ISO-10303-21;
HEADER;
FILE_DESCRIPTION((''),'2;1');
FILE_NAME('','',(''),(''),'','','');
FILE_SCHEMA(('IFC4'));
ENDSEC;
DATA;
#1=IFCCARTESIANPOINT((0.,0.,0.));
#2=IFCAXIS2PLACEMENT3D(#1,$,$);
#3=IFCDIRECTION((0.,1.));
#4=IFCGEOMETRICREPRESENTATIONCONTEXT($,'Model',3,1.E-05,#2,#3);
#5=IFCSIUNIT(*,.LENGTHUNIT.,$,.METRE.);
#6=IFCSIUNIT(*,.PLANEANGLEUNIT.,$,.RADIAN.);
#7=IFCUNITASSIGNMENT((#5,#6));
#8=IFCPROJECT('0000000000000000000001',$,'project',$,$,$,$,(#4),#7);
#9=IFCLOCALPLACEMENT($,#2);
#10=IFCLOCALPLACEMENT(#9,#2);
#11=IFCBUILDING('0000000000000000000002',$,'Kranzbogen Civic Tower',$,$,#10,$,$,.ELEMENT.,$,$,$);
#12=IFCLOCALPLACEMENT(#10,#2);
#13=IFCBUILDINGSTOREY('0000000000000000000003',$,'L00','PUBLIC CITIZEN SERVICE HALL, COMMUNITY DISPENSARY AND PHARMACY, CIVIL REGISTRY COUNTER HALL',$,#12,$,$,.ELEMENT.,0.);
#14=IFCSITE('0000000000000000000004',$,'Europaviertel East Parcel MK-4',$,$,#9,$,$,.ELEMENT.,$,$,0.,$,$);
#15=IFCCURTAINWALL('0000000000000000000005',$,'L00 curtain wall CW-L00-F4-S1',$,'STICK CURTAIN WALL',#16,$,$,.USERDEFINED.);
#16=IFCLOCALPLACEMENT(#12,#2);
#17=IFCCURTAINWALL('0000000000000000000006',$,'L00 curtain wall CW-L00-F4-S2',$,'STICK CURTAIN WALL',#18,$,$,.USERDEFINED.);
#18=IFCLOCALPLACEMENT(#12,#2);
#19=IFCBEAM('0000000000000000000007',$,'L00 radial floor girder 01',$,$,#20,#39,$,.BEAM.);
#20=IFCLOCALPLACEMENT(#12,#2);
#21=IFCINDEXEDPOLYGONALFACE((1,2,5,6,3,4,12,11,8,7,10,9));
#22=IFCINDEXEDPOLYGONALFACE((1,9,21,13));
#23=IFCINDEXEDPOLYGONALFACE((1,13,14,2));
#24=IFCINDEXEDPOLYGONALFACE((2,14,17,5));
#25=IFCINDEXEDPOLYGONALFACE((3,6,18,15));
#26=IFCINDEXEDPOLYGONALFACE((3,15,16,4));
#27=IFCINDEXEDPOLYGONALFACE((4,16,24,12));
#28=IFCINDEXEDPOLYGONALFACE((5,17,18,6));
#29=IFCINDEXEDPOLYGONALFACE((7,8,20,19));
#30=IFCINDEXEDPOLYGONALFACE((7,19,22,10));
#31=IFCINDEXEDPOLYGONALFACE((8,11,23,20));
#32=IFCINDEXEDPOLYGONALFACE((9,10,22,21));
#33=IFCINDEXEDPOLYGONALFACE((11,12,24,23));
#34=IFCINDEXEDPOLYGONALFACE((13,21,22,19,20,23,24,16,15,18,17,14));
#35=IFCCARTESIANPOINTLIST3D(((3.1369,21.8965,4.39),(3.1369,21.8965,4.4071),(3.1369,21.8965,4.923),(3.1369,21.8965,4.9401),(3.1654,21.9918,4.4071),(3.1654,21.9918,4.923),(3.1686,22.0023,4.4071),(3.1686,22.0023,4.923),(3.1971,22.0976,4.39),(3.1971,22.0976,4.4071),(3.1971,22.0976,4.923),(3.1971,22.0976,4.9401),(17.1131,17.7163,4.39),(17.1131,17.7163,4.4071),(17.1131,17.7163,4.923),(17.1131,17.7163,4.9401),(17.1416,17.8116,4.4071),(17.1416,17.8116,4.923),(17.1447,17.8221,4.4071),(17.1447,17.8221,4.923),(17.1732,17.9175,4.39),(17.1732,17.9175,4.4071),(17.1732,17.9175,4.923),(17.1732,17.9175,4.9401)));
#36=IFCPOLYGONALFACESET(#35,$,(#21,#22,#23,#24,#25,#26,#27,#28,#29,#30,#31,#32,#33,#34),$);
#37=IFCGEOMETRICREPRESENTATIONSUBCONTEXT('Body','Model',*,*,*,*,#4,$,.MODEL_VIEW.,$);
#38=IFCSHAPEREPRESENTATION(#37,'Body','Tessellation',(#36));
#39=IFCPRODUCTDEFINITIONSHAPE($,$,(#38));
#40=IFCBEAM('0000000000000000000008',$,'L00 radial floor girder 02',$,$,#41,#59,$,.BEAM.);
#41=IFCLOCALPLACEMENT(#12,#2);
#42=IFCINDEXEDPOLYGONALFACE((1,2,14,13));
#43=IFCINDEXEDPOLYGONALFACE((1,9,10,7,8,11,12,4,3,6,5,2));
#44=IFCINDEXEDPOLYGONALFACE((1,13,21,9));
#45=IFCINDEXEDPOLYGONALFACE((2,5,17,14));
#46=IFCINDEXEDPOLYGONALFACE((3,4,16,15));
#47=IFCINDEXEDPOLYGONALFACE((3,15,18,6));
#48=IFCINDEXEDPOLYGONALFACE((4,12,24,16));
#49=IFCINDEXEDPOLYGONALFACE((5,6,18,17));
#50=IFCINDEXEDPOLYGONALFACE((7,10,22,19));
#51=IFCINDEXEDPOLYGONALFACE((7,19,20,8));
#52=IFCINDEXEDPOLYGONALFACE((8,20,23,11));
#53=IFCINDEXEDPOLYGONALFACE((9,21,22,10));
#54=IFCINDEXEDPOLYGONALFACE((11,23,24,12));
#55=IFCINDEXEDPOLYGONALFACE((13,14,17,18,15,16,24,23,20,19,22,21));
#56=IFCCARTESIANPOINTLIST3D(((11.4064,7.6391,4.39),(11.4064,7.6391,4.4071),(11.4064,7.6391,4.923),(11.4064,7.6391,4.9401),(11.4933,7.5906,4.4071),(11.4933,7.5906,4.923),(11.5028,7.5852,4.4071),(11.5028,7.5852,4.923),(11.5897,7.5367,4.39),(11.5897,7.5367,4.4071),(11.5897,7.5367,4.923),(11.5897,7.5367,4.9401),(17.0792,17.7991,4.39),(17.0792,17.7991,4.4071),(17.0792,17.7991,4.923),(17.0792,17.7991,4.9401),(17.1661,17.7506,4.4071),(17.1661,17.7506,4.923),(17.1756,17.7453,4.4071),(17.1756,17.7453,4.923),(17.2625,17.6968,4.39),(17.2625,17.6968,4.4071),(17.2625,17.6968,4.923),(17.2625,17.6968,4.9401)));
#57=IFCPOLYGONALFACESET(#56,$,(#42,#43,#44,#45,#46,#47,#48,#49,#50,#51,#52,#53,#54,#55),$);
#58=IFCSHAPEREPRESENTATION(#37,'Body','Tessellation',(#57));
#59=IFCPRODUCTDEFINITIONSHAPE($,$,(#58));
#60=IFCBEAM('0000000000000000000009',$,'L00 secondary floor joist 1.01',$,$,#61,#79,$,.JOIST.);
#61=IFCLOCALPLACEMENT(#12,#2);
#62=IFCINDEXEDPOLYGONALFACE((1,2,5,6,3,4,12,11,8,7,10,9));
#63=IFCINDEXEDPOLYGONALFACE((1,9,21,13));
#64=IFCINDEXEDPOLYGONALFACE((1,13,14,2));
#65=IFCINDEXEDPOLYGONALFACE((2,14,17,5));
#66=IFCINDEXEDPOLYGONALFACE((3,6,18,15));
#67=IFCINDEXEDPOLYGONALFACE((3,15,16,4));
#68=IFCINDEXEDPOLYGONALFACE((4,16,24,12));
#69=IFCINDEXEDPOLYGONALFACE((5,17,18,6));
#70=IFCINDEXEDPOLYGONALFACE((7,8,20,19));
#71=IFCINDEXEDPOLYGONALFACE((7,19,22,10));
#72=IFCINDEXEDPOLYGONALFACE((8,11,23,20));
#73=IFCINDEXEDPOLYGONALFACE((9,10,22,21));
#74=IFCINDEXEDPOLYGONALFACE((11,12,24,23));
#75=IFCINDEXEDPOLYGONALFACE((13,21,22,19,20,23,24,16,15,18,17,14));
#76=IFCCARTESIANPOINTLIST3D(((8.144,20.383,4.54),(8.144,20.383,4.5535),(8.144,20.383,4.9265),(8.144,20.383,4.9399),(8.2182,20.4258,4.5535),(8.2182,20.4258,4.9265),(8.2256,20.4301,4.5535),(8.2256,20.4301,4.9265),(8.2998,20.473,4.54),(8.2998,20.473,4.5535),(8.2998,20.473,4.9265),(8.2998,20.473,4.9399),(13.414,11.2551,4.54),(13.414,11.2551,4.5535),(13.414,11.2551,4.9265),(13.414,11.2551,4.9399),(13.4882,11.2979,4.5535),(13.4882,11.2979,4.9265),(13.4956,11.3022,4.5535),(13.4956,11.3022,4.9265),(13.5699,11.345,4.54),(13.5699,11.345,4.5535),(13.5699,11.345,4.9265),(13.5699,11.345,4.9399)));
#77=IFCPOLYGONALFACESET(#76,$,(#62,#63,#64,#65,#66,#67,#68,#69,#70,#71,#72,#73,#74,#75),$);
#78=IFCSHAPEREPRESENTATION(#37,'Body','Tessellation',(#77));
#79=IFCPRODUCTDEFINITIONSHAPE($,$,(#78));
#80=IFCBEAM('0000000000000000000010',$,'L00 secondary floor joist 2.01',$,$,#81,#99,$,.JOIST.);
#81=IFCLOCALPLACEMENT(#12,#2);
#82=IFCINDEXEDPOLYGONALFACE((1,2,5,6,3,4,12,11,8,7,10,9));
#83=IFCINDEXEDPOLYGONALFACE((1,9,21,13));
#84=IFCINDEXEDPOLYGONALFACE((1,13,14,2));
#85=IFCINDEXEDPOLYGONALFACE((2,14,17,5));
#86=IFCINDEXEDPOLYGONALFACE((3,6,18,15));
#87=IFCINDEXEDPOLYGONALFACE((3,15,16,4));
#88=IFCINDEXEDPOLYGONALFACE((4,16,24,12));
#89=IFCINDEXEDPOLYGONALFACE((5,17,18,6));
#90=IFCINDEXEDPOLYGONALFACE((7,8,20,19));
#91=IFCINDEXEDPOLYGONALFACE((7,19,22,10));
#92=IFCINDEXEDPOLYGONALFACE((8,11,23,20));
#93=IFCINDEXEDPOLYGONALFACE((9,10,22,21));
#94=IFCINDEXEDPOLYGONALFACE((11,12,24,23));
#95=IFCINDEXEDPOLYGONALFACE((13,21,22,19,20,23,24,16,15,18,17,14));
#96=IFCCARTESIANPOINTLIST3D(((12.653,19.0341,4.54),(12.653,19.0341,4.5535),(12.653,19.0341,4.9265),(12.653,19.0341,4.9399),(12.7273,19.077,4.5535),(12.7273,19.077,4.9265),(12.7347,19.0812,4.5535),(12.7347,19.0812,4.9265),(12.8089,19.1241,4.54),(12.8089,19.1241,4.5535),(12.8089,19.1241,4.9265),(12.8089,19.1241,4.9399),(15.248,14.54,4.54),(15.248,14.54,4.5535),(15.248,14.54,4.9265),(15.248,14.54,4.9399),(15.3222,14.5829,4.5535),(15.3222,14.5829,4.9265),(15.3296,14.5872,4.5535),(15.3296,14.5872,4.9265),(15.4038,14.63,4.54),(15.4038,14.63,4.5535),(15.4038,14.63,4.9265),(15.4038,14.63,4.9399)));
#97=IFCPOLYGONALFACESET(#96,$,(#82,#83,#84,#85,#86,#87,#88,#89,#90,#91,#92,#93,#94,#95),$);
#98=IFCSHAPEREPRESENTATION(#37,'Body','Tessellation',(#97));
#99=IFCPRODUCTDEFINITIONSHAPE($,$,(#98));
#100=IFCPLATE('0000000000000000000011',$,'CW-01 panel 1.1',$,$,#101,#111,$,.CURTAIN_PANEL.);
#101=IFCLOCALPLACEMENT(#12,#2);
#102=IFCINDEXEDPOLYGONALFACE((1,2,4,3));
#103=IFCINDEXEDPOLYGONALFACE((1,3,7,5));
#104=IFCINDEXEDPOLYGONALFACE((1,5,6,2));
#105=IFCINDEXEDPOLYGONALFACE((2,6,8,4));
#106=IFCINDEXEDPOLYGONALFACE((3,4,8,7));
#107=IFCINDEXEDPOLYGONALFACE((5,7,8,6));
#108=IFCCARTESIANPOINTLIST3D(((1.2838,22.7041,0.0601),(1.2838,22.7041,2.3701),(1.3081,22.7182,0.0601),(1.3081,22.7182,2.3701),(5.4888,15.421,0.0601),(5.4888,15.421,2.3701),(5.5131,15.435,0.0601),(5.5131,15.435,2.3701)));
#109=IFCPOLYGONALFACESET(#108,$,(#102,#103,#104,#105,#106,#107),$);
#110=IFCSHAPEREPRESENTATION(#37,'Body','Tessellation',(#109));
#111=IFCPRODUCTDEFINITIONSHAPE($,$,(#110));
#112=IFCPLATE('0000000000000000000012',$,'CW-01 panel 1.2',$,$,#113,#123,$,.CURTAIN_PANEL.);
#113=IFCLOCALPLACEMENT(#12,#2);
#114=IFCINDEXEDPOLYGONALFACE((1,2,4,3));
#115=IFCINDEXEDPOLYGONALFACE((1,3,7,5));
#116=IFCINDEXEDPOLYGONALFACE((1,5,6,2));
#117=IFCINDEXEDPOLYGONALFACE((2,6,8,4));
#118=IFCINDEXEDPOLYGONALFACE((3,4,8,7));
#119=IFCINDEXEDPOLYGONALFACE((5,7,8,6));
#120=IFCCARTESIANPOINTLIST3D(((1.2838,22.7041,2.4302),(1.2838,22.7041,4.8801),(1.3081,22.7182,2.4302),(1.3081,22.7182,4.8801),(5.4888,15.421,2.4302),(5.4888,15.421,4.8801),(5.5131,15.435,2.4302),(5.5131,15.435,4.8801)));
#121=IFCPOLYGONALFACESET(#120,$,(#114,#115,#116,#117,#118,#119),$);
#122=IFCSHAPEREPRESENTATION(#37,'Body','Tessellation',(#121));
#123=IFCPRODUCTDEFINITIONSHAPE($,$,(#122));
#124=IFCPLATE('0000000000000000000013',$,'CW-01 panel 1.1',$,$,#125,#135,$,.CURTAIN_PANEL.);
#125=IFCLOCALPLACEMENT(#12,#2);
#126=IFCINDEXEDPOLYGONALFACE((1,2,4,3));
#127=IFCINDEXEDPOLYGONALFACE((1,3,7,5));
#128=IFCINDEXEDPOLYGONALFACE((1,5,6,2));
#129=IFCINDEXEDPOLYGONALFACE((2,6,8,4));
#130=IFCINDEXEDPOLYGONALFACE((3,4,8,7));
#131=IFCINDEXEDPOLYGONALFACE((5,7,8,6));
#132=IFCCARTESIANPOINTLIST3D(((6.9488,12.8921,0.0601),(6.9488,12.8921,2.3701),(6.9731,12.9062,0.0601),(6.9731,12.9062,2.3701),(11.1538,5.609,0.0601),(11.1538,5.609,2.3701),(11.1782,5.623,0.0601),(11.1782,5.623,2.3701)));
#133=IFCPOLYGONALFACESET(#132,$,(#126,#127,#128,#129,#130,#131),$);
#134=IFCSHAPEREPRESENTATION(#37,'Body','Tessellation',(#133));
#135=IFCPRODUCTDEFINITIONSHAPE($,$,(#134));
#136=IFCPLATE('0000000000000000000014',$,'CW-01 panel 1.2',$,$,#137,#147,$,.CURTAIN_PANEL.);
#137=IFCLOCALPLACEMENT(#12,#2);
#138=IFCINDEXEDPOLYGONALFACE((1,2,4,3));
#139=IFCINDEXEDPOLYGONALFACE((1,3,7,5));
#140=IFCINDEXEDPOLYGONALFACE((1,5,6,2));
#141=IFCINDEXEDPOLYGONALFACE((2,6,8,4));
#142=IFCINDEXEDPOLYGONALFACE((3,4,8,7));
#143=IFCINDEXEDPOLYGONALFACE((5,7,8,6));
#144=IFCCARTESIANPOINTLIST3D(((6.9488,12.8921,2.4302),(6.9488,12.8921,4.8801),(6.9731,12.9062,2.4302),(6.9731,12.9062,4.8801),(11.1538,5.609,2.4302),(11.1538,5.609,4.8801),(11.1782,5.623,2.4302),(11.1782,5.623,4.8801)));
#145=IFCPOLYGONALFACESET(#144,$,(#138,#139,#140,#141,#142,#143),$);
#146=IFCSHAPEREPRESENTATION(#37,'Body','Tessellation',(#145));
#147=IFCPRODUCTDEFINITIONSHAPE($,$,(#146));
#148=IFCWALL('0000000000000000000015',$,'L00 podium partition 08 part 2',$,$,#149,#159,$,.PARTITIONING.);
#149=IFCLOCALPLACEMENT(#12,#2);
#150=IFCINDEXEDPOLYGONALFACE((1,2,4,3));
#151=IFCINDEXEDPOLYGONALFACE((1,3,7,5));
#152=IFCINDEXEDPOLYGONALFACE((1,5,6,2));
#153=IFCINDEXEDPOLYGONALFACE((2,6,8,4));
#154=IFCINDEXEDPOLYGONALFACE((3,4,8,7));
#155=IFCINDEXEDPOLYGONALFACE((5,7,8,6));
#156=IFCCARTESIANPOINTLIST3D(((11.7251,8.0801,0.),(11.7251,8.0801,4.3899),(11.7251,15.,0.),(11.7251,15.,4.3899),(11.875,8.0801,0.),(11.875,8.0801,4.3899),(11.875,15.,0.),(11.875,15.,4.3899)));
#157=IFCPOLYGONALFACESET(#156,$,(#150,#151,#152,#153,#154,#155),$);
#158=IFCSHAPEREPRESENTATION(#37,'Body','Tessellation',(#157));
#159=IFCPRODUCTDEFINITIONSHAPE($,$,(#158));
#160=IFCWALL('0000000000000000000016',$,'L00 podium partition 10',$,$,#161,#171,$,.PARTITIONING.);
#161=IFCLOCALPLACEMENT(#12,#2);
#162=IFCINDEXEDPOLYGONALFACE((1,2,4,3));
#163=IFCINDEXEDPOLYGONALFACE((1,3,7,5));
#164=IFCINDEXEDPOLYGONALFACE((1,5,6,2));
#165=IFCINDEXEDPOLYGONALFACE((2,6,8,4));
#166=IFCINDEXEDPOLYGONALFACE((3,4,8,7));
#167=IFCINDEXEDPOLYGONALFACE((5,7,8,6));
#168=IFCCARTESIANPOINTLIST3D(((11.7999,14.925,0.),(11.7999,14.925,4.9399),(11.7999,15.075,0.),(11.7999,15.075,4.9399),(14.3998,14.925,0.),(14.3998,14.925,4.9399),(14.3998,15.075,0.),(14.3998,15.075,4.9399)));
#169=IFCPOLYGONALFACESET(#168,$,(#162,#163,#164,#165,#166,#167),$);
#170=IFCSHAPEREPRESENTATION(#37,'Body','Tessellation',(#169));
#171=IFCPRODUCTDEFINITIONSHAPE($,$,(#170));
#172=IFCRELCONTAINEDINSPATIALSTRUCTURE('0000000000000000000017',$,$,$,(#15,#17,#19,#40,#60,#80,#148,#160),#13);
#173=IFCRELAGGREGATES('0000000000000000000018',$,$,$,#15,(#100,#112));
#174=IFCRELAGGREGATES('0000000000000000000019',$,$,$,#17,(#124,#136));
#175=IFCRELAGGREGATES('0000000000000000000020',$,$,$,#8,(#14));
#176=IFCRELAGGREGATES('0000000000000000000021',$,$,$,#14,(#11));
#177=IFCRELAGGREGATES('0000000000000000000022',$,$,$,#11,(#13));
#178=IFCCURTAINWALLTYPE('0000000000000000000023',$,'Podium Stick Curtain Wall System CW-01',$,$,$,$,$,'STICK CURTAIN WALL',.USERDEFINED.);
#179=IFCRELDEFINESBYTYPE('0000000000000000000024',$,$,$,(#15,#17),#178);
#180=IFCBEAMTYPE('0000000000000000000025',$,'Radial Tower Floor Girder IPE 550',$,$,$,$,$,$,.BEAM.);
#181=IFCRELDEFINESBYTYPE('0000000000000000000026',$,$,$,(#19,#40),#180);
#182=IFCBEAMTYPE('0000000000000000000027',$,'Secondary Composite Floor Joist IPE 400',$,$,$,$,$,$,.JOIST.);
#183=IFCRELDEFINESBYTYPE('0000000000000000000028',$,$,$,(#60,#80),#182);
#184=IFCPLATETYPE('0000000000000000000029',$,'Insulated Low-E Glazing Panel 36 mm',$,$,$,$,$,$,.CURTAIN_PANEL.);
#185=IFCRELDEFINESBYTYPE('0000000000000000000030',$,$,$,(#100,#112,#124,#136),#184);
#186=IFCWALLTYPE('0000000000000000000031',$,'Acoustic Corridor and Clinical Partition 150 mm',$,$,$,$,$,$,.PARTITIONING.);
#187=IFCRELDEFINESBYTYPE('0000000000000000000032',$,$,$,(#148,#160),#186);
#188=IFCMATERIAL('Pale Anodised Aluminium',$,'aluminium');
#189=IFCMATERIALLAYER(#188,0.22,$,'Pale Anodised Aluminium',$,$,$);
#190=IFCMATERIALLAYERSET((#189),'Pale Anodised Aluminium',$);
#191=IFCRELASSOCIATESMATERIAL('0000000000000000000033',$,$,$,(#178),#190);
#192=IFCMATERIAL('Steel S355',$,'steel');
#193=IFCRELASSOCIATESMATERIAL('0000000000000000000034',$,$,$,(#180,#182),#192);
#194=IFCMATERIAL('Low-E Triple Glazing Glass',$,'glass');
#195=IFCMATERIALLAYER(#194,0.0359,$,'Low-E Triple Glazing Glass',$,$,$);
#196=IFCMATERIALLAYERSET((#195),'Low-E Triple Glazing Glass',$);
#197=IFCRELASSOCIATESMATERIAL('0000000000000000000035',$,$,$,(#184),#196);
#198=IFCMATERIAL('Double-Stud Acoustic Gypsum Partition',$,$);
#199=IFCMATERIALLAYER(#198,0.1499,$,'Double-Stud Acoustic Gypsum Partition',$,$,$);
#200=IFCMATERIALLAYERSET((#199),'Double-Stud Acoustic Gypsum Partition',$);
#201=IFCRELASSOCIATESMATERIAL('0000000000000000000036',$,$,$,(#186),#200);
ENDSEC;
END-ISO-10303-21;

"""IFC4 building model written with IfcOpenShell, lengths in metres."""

from ifc_helpers import new_model, si_unit, direction, frame, frame_2d, origin, origin_2d, place, context, subcontext, project, spatial, rectangle, i_section, extrude, material, layer, layer_set, material_profile, profile_set, type_object, element, aggregate, save


model = new_model("IFC4")

# Units and contexts
model_context = context("Model", 3, precision=1e-05, world=origin(), true_north=direction((0.0, 1.0)))
body_context = subcontext(model_context, "Body", "Model", "MODEL_VIEW")
ifc_project = project(units=[si_unit("LENGTHUNIT", "METRE"), si_unit("PLANEANGLEUNIT", "RADIAN")], contexts=[model_context])

# Site, building, storey
site_placement = place(None, origin())
site = spatial("IfcSite", under=ifc_project, at=site_placement, Name="Europaviertel East Parcel MK-4", CompositionType="ELEMENT", RefElevation=0.0)
building_placement = place(site_placement, origin())
building = spatial("IfcBuilding", under=site, at=building_placement, Name="Kranzbogen Civic Tower", CompositionType="ELEMENT")
storey_placement = place(building_placement, origin())
storey = spatial("IfcBuildingStorey", under=building, at=storey_placement, Name="L00", Description="PUBLIC CITIZEN SERVICE HALL, COMMUNITY DISPENSARY AND PHARMACY, CIVIL REGISTRY COUNTER HALL", CompositionType="ELEMENT", Elevation=0.0)

# Shared definitions
ifc_material_1 = material(Name="Pale Anodised Aluminium", Category="aluminium")

# Curtain wall
ifc_layer_1 = layer(ifc_material_1, 0.22, Name="Pale Anodised Aluminium")
ifc_layer_set_1 = layer_set([ifc_layer_1], Name="Pale Anodised Aluminium")
curtain_wall_type_1 = type_object("IfcCurtainWallType", Name="Podium Stick Curtain Wall System CW-01", ElementType="STICK CURTAIN WALL", PredefinedType="USERDEFINED", material=ifc_layer_set_1)
curtain_wall_1_placement = place(storey_placement, origin())
curtain_wall_1 = element("IfcCurtainWall", 1, at=curtain_wall_1_placement, inside=storey, type_object=curtain_wall_type_1, Name="L00 curtain wall CW-L00-F4-S1", ObjectType="STICK CURTAIN WALL", PredefinedType="USERDEFINED")

# Curtain wall
curtain_wall_2_placement = place(storey_placement, origin())
curtain_wall_2 = element("IfcCurtainWall", 2, at=curtain_wall_2_placement, inside=storey, type_object=curtain_wall_type_1, Name="L00 curtain wall CW-L00-F4-S2", ObjectType="STICK CURTAIN WALL", PredefinedType="USERDEFINED")

# Beams
ifc_material_2 = material(Name="Steel S355", Category="steel")
ifc_material_profile_1 = material_profile(ifc_material_2, i_section(OverallWidth=0.21, OverallDepth=0.55, WebThickness=0.011, FlangeThickness=0.0171, at=origin_2d()), Name="IPE 550")
ifc_profile_set_1 = profile_set([ifc_material_profile_1], Name="Steel S355")
beam_type_1 = type_object("IfcBeamType", Name="Radial Tower Floor Girder IPE 550", PredefinedType="BEAM", material=ifc_profile_set_1)
beam_1_placement = place(storey_placement, frame((3.167, 21.9971, 4.665), z_axis=(0.958065, -0.286552, 0.0), x_axis=(0.286552, 0.958065, 0.0)))
element("IfcBeam", 3, at=beam_1_placement, inside=storey, type_object=beam_type_1, Name="L00 radial floor girder 01", PredefinedType="BEAM", context=body_context, shape_type="SweptSolid", body=[
    extrude(i_section(OverallWidth=0.21, OverallDepth=0.55, WebThickness=0.011, FlangeThickness=0.0171, at=origin_2d()), origin(), (0.0, 0.0, 1.0), 14.5879),
])
beam_2_placement = place(storey_placement, frame((11.498, 7.5879, 4.665), z_axis=(0.487502, 0.873122, 0.0), x_axis=(-0.873122, 0.487502, 0.0)))
element("IfcBeam", 4, at=beam_2_placement, inside=storey, type_object=beam_type_1, Name="L00 radial floor girder 02", PredefinedType="BEAM", context=body_context, shape_type="SweptSolid", body=[
    extrude(i_section(OverallWidth=0.21, OverallDepth=0.55, WebThickness=0.011, FlangeThickness=0.0171, at=origin_2d()), origin(), (0.0, 0.0, 1.0), 11.6365),
])
ifc_material_profile_2 = material_profile(ifc_material_2, i_section(OverallWidth=0.1799, OverallDepth=0.3999, WebThickness=0.0085, FlangeThickness=0.0134, at=origin_2d()), Name="IPE 400")
ifc_profile_set_2 = profile_set([ifc_material_profile_2], Name="Steel S355")
beam_type_2 = type_object("IfcBeamType", Name="Secondary Composite Floor Joist IPE 400", PredefinedType="JOIST", material=ifc_profile_set_2)
beam_3_placement = place(storey_placement, frame((8.2219, 20.428, 4.74), z_axis=(0.5, -0.866025, 0.0), x_axis=(0.866025, 0.5, 0.0)))
element("IfcBeam", 5, at=beam_3_placement, inside=storey, type_object=beam_type_2, Name="L00 secondary floor joist 1.01", PredefinedType="JOIST", context=body_context, shape_type="SweptSolid", body=[
    extrude(i_section(OverallWidth=0.1799, OverallDepth=0.3999, WebThickness=0.0085, FlangeThickness=0.0134, at=origin_2d()), origin(), (0.0, 0.0, 1.0), 10.54),
])
beam_4_placement = place(storey_placement, frame((12.731, 19.0791, 4.74), z_axis=(0.50004, -0.866002, 0.0), x_axis=(0.866002, 0.50004, 0.0)))
element("IfcBeam", 6, at=beam_4_placement, inside=storey, type_object=beam_type_2, Name="L00 secondary floor joist 2.01", PredefinedType="JOIST", context=body_context, shape_type="SweptSolid", body=[
    extrude(i_section(OverallWidth=0.1799, OverallDepth=0.3999, WebThickness=0.0085, FlangeThickness=0.0134, at=origin_2d()), origin(), (0.0, 0.0, 1.0), 5.1895),
])

# Plates
ifc_material_3 = material(Name="Low-E Triple Glazing Glass", Category="glass")
ifc_layer_2 = layer(ifc_material_3, 0.0359, Name="Low-E Triple Glazing Glass")
ifc_layer_set_2 = layer_set([ifc_layer_2], Name="Low-E Triple Glazing Glass")
plate_type = type_object("IfcPlateType", Name="Insulated Low-E Glazing Panel 36 mm", PredefinedType="CURTAIN_PANEL", material=ifc_layer_set_2)
plate_1_placement = place(storey_placement, frame((3.3984, 19.0696, 0.0601), z_axis=(0.0, 0.0, 1.0), x_axis=(0.50001, -0.86602, 0.0)))
plate_1 = element("IfcPlate", 7, at=plate_1_placement, type_object=plate_type, Name="CW-01 panel 1.1", PredefinedType="CURTAIN_PANEL", context=body_context, shape_type="SweptSolid", body=[
    extrude(rectangle(XDim=8.4099, YDim=0.0281, at=origin_2d()), origin(), (0.0, 0.0, 1.0), 2.3101),
])
plate_2_placement = place(storey_placement, frame((3.3984, 19.0696, 2.4302), z_axis=(0.0, 0.0, 1.0), x_axis=(0.50001, -0.86602, 0.0)))
plate_2 = element("IfcPlate", 8, at=plate_2_placement, type_object=plate_type, Name="CW-01 panel 1.2", PredefinedType="CURTAIN_PANEL", context=body_context, shape_type="SweptSolid", body=[
    extrude(rectangle(XDim=8.4099, YDim=0.0281, at=origin_2d()), origin(), (0.0, 0.0, 1.0), 2.45),
])
aggregate(curtain_wall_1, [plate_1, plate_2])
plate_3_placement = place(storey_placement, frame((9.0635, 9.2576, 0.0601), z_axis=(0.0, 0.0, 1.0), x_axis=(0.50001, -0.86602, 0.0)))
plate_3 = element("IfcPlate", 9, at=plate_3_placement, type_object=plate_type, Name="CW-01 panel 1.1", PredefinedType="CURTAIN_PANEL", context=body_context, shape_type="SweptSolid", body=[
    extrude(rectangle(XDim=8.4099, YDim=0.0281, at=origin_2d()), origin(), (0.0, 0.0, 1.0), 2.3101),
])
plate_4_placement = place(storey_placement, frame((9.0635, 9.2576, 2.4302), z_axis=(0.0, 0.0, 1.0), x_axis=(0.50001, -0.86602, 0.0)))
plate_4 = element("IfcPlate", 10, at=plate_4_placement, type_object=plate_type, Name="CW-01 panel 1.2", PredefinedType="CURTAIN_PANEL", context=body_context, shape_type="SweptSolid", body=[
    extrude(rectangle(XDim=8.4099, YDim=0.0281, at=origin_2d()), origin(), (0.0, 0.0, 1.0), 2.45),
])
aggregate(curtain_wall_2, [plate_3, plate_4])

# Walls
ifc_material_4 = material(Name="Double-Stud Acoustic Gypsum Partition")
ifc_layer_3 = layer(ifc_material_4, 0.1499, Name="Double-Stud Acoustic Gypsum Partition")
ifc_layer_set_3 = layer_set([ifc_layer_3], Name="Double-Stud Acoustic Gypsum Partition")
wall_type_1 = type_object("IfcWallType", Name="Acoustic Corridor and Clinical Partition 150 mm", PredefinedType="PARTITIONING", material=ifc_layer_set_3)
wall_1_placement = place(storey_placement, frame((11.8, 8.0801, 0.0), z_axis=(0.0, 0.0, 1.0), x_axis=(0.0, 1.0, 0.0)))
element("IfcWall", 11, at=wall_1_placement, inside=storey, type_object=wall_type_1, Name="L00 podium partition 08 part 2", PredefinedType="PARTITIONING", context=body_context, shape_type="SweptSolid", body=[
    extrude(rectangle(XDim=6.9199, YDim=0.1499, at=frame_2d((3.46, 0.0))), origin(), (0.0, 0.0, 1.0), 4.3899),
])
wall_2_placement = place(storey_placement, frame((11.8, 15.0, 0.0), z_axis=(0.0, 0.0, 1.0), x_axis=(1.0, 0.0, 0.0)))
element("IfcWall", 12, at=wall_2_placement, inside=storey, type_object=wall_type_1, Name="L00 podium partition 10", PredefinedType="PARTITIONING", context=body_context, shape_type="SweptSolid", body=[
    extrude(rectangle(XDim=2.5999, YDim=0.1499, at=frame_2d((1.2998, 0.0))), origin(), (0.0, 0.0, 1.0), 4.9399),
])

save(model, "model.ifc")
